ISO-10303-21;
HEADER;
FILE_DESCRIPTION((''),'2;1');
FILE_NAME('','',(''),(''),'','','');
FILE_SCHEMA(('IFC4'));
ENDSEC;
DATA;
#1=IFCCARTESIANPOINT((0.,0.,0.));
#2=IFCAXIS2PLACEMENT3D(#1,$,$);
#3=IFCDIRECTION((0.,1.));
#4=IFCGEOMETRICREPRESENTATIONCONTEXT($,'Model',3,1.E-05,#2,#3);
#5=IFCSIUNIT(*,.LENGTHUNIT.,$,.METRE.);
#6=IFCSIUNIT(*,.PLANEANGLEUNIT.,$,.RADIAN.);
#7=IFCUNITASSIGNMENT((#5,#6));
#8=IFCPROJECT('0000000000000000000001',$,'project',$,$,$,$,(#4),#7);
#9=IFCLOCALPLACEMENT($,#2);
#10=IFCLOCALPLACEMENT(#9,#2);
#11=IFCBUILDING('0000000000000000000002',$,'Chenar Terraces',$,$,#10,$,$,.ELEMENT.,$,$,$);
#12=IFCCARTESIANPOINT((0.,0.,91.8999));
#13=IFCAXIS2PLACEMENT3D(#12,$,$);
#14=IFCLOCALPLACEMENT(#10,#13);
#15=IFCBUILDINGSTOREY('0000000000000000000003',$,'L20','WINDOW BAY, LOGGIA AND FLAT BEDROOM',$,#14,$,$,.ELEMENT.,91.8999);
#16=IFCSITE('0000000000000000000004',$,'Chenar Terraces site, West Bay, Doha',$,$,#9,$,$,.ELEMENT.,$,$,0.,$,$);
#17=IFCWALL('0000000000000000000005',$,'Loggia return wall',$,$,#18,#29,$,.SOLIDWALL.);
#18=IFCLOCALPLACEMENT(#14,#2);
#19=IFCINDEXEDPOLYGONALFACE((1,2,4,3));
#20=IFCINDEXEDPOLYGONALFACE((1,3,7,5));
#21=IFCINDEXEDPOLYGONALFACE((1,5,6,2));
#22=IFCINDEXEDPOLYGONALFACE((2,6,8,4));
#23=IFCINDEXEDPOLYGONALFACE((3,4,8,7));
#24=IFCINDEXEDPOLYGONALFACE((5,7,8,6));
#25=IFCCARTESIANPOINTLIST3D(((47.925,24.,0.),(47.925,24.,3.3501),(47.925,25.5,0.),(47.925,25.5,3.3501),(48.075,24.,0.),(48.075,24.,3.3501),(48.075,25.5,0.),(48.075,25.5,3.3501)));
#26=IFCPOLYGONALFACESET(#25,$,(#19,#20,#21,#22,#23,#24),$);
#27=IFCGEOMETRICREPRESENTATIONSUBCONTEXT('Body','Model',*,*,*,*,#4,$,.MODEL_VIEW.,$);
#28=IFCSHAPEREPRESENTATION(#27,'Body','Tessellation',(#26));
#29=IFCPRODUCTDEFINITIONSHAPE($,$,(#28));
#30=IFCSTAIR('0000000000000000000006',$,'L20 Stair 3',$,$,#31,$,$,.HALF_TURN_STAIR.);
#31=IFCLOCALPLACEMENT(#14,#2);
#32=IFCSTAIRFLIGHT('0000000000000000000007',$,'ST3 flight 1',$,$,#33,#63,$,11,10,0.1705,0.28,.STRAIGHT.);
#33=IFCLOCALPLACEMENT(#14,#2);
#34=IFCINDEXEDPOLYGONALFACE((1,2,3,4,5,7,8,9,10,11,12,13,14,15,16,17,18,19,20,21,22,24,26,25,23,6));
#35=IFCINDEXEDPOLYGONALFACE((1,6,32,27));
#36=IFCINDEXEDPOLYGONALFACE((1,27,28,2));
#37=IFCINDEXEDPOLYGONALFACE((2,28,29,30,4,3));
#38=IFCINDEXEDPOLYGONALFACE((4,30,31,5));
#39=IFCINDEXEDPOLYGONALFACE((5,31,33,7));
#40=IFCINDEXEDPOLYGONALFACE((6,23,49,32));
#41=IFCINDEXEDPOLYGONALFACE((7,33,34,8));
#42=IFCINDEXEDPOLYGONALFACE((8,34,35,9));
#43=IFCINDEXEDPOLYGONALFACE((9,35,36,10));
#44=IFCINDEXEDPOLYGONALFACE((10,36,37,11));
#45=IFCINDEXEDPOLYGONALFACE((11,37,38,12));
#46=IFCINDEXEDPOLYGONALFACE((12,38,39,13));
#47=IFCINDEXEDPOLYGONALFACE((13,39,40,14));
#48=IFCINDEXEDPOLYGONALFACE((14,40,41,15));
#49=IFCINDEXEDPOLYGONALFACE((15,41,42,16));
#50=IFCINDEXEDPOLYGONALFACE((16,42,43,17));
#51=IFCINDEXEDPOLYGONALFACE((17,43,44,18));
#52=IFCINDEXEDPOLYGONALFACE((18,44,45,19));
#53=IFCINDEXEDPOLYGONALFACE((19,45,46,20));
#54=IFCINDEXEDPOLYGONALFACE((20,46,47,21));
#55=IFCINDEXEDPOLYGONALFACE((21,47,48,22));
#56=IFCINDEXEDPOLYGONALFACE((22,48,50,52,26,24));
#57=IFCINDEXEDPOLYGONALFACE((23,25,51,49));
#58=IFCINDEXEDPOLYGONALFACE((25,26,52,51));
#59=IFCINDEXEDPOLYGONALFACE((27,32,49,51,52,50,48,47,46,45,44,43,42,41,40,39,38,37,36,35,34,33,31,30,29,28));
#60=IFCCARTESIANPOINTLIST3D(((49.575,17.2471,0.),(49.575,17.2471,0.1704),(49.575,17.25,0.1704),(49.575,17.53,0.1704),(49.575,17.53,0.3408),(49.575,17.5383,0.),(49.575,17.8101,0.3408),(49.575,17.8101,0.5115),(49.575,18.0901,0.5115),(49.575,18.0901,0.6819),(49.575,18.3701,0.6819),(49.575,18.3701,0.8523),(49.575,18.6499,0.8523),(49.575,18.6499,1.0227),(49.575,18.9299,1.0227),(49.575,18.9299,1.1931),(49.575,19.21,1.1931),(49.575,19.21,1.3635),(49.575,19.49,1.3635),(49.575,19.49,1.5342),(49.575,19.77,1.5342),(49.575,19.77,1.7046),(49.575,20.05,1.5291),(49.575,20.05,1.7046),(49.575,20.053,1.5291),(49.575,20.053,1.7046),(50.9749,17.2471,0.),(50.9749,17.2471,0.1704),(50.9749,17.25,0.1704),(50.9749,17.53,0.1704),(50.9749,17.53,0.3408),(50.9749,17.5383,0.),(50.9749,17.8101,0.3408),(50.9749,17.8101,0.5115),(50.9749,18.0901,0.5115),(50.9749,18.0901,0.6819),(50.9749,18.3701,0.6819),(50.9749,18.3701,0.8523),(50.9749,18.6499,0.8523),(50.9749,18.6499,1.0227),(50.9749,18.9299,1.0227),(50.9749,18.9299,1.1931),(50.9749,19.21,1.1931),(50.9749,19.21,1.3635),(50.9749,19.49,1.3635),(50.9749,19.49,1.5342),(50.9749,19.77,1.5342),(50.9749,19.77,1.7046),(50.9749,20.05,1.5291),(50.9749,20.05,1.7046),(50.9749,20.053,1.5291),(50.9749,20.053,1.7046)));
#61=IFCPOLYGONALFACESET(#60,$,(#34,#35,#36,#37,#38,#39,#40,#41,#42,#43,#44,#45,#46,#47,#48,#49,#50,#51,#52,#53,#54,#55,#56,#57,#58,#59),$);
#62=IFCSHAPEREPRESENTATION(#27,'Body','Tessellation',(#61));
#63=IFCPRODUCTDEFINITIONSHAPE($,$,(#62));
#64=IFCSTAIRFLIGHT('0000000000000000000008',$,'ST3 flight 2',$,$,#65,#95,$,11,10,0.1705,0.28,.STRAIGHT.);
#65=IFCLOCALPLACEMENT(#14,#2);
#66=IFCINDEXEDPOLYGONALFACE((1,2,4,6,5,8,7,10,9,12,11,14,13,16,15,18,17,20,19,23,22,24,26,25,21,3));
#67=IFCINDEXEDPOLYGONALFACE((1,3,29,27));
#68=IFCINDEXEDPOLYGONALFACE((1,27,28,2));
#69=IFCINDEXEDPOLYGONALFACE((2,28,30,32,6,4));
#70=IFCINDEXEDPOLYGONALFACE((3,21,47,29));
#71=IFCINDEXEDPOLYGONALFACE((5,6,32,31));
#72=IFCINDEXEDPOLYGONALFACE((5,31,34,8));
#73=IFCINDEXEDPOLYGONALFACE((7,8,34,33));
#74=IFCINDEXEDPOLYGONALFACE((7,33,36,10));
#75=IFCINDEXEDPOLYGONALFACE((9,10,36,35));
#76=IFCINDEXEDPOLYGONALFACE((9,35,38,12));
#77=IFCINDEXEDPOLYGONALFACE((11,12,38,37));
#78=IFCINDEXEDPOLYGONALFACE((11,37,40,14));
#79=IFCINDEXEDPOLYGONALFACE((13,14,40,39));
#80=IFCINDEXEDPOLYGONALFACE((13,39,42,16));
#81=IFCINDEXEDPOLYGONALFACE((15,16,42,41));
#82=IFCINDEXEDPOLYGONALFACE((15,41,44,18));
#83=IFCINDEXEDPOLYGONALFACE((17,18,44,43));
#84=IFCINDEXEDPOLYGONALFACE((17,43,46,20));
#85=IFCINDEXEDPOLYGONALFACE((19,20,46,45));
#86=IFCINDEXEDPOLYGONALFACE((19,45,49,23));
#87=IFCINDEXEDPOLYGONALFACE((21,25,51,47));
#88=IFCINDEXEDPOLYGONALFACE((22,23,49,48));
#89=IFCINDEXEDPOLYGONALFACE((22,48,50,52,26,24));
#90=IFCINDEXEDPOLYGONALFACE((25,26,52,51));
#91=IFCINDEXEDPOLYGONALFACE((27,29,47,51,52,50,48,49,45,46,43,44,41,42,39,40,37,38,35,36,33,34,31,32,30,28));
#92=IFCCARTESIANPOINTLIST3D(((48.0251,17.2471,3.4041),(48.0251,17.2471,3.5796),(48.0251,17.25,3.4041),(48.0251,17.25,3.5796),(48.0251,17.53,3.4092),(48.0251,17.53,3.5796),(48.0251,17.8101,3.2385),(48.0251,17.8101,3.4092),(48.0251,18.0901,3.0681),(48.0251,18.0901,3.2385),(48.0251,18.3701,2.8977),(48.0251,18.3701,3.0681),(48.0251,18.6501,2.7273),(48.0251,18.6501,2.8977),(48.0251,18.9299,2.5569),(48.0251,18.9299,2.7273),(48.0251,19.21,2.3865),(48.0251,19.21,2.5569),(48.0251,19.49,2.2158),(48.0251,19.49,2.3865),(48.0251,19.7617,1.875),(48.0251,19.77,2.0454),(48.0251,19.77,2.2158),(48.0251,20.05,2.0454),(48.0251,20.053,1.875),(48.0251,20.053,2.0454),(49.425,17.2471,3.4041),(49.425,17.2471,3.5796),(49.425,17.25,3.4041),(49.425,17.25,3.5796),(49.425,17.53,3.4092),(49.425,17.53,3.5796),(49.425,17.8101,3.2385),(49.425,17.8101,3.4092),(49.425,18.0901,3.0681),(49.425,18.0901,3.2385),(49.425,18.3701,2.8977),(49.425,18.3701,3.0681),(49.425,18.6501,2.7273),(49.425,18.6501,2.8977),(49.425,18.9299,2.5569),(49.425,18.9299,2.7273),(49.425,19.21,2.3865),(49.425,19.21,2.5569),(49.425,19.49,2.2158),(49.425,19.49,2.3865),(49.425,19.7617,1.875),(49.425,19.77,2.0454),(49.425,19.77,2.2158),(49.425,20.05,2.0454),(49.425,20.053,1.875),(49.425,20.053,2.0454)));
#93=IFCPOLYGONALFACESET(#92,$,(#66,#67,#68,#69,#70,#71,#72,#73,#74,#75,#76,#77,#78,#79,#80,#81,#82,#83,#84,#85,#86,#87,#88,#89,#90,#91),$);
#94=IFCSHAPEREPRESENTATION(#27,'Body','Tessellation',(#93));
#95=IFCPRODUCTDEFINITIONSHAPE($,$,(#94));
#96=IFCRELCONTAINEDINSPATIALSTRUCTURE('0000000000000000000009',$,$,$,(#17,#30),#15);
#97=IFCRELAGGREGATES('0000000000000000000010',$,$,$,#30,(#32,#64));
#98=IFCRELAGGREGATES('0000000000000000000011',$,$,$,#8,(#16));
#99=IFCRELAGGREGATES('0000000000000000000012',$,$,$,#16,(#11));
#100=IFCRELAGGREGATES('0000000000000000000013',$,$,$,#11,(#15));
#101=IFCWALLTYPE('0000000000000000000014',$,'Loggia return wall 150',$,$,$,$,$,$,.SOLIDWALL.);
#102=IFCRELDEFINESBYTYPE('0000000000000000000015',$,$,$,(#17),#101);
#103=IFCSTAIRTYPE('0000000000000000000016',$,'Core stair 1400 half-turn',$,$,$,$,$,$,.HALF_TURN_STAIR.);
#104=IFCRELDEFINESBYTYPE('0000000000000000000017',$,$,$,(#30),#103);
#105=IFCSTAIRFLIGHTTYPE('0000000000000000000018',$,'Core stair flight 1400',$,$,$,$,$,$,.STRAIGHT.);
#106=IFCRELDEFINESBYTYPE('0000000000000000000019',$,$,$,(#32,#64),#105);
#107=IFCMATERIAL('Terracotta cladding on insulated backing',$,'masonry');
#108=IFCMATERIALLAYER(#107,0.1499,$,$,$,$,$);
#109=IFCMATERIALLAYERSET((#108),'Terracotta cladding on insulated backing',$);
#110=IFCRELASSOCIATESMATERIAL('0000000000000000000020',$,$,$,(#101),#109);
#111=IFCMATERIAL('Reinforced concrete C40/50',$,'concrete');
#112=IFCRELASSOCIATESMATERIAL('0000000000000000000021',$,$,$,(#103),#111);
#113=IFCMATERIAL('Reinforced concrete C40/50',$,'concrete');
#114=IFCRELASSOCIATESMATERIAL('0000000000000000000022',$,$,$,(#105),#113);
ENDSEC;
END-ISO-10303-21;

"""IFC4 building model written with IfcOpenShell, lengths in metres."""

from ifc_helpers import new_model, si_unit, direction, frame, frame_2d, origin, place, context, subcontext, project, spatial, polyline, rectangle, outline, extrude, material, layer, layer_set, type_object, element, aggregate, save


model = new_model("IFC4")

# Units and contexts
model_context = context("Model", 3, precision=1e-05, world=origin(), true_north=direction((0.0, 1.0)))
body_context = subcontext(model_context, "Body", "Model", "MODEL_VIEW")
ifc_project = project(units=[si_unit("LENGTHUNIT", "METRE"), si_unit("PLANEANGLEUNIT", "RADIAN")], contexts=[model_context])

# Site, building, storey
site_placement = place(None, origin())
site = spatial("IfcSite", under=ifc_project, at=site_placement, Name="Chenar Terraces site, West Bay, Doha", CompositionType="ELEMENT", RefElevation=0.0)
building_placement = place(site_placement, origin())
building = spatial("IfcBuilding", under=site, at=building_placement, Name="Chenar Terraces", CompositionType="ELEMENT")
storey_placement = place(building_placement, frame((0.0, 0.0, 91.8999)))
storey = spatial("IfcBuildingStorey", under=building, at=storey_placement, Name="L20", Description="WINDOW BAY, LOGGIA AND FLAT BEDROOM", CompositionType="ELEMENT", Elevation=91.8999)

# Wall
ifc_material_1 = material(Name="Terracotta cladding on insulated backing", Category="masonry")
ifc_layer_1 = layer(ifc_material_1, 0.1499)
ifc_layer_set_1 = layer_set([ifc_layer_1], Name="Terracotta cladding on insulated backing")
wall_type_1 = type_object("IfcWallType", Name="Loggia return wall 150", PredefinedType="SOLIDWALL", material=ifc_layer_set_1)
wall_1_placement = place(storey_placement, frame((48.0, 25.5, 0.0), z_axis=(0.0, 0.0, 1.0), x_axis=(0.0, -1.0, 0.0)))
element("IfcWall", 1, at=wall_1_placement, inside=storey, type_object=wall_type_1, Name="Loggia return wall", PredefinedType="SOLIDWALL", context=body_context, shape_type="SweptSolid", body=[
    extrude(rectangle(XDim=1.5, YDim=0.1499, at=frame_2d((0.75, 0.0))), origin(), (0.0, 0.0, 1.0), 3.3501),
])

# Stair, stair flights
ifc_material_2 = material(Name="Reinforced concrete C40/50", Category="concrete")
stair_type = type_object("IfcStairType", Name="Core stair 1400 half-turn", PredefinedType="HALF_TURN_STAIR", material=ifc_material_2)
stair_placement = place(storey_placement, origin())
stair = element("IfcStair", 2, at=stair_placement, inside=storey, type_object=stair_type, Name="L20 Stair 3", PredefinedType="HALF_TURN_STAIR")
ifc_material_3 = material(Name="Reinforced concrete C40/50", Category="concrete")
stair_flight_type = type_object("IfcStairFlightType", Name="Core stair flight 1400", PredefinedType="STRAIGHT", material=ifc_material_3)
stair_flight_1_placement = place(storey_placement, frame((50.2749, 17.25, 0.0), z_axis=(0.0, 0.0, 1.0), x_axis=(0.0, 1.0, 0.0)))
stair_flight_1 = element("IfcStairFlight", 3, at=stair_flight_1_placement, type_object=stair_flight_type, Name="ST3 flight 1", NumberOfRisers=11, NumberOfTreads=10, PredefinedType="STRAIGHT", RiserHeight=0.1705, TreadLength=0.28, context=body_context, shape_type="SweptSolid", body=[
    extrude(outline(polyline([(-0.0029, 0.0), (-0.0029, 0.1704), (0.0, 0.1704), (0.28, 0.1704), (0.28, 0.3408), (0.5601, 0.3408), (0.5601, 0.5115), (0.8401, 0.5115), (0.8401, 0.6819), (1.1201, 0.6819), (1.1201, 0.8523), (1.3999, 0.8523), (1.3999, 1.0227), (1.6799, 1.0227), (1.6799, 1.1931), (1.96, 1.1931), (1.96, 1.3635), (2.24, 1.3635), (2.24, 1.5342), (2.52, 1.5342), (2.52, 1.7046), (2.8, 1.7046), (2.803, 1.7046), (2.803, 1.5291), (2.8, 1.5291), (0.2883, 0.0), (-0.0029, 0.0)])), frame((0.0, 0.7, 0.0), z_axis=(0.0, -1.0, 0.0), x_axis=(1.0, 0.0, 0.0)), (0.0, 0.0, 1.0), 1.3999),
])
stair_flight_2_placement = place(storey_placement, frame((48.7251, 20.05, 1.875), z_axis=(0.0, 0.0, 1.0), x_axis=(0.0, -1.0, 0.0)))
stair_flight_2 = element("IfcStairFlight", 4, at=stair_flight_2_placement, type_object=stair_flight_type, Name="ST3 flight 2", NumberOfRisers=11, NumberOfTreads=10, PredefinedType="STRAIGHT", RiserHeight=0.1705, TreadLength=0.28, context=body_context, shape_type="SweptSolid", body=[
    extrude(outline(polyline([(-0.0029, 0.0), (-0.0029, 0.1704), (0.0, 0.1704), (0.28, 0.1704), (0.28, 0.3408), (0.5601, 0.3408), (0.5601, 0.5115), (0.8401, 0.5115), (0.8401, 0.6819), (1.1201, 0.6819), (1.1201, 0.8523), (1.3999, 0.8523), (1.3999, 1.0227), (1.6799, 1.0227), (1.6799, 1.1931), (1.96, 1.1931), (1.96, 1.3635), (2.24, 1.3635), (2.24, 1.5342), (2.52, 1.5342), (2.52, 1.7046), (2.8, 1.7046), (2.803, 1.7046), (2.803, 1.5291), (2.8, 1.5291), (0.2883, 0.0), (-0.0029, 0.0)])), frame((0.0, 0.7, 0.0), z_axis=(0.0, -1.0, 0.0), x_axis=(1.0, 0.0, 0.0)), (0.0, 0.0, 1.0), 1.3999),
])
aggregate(stair, [stair_flight_1, stair_flight_2])

save(model, "model.ifc")
